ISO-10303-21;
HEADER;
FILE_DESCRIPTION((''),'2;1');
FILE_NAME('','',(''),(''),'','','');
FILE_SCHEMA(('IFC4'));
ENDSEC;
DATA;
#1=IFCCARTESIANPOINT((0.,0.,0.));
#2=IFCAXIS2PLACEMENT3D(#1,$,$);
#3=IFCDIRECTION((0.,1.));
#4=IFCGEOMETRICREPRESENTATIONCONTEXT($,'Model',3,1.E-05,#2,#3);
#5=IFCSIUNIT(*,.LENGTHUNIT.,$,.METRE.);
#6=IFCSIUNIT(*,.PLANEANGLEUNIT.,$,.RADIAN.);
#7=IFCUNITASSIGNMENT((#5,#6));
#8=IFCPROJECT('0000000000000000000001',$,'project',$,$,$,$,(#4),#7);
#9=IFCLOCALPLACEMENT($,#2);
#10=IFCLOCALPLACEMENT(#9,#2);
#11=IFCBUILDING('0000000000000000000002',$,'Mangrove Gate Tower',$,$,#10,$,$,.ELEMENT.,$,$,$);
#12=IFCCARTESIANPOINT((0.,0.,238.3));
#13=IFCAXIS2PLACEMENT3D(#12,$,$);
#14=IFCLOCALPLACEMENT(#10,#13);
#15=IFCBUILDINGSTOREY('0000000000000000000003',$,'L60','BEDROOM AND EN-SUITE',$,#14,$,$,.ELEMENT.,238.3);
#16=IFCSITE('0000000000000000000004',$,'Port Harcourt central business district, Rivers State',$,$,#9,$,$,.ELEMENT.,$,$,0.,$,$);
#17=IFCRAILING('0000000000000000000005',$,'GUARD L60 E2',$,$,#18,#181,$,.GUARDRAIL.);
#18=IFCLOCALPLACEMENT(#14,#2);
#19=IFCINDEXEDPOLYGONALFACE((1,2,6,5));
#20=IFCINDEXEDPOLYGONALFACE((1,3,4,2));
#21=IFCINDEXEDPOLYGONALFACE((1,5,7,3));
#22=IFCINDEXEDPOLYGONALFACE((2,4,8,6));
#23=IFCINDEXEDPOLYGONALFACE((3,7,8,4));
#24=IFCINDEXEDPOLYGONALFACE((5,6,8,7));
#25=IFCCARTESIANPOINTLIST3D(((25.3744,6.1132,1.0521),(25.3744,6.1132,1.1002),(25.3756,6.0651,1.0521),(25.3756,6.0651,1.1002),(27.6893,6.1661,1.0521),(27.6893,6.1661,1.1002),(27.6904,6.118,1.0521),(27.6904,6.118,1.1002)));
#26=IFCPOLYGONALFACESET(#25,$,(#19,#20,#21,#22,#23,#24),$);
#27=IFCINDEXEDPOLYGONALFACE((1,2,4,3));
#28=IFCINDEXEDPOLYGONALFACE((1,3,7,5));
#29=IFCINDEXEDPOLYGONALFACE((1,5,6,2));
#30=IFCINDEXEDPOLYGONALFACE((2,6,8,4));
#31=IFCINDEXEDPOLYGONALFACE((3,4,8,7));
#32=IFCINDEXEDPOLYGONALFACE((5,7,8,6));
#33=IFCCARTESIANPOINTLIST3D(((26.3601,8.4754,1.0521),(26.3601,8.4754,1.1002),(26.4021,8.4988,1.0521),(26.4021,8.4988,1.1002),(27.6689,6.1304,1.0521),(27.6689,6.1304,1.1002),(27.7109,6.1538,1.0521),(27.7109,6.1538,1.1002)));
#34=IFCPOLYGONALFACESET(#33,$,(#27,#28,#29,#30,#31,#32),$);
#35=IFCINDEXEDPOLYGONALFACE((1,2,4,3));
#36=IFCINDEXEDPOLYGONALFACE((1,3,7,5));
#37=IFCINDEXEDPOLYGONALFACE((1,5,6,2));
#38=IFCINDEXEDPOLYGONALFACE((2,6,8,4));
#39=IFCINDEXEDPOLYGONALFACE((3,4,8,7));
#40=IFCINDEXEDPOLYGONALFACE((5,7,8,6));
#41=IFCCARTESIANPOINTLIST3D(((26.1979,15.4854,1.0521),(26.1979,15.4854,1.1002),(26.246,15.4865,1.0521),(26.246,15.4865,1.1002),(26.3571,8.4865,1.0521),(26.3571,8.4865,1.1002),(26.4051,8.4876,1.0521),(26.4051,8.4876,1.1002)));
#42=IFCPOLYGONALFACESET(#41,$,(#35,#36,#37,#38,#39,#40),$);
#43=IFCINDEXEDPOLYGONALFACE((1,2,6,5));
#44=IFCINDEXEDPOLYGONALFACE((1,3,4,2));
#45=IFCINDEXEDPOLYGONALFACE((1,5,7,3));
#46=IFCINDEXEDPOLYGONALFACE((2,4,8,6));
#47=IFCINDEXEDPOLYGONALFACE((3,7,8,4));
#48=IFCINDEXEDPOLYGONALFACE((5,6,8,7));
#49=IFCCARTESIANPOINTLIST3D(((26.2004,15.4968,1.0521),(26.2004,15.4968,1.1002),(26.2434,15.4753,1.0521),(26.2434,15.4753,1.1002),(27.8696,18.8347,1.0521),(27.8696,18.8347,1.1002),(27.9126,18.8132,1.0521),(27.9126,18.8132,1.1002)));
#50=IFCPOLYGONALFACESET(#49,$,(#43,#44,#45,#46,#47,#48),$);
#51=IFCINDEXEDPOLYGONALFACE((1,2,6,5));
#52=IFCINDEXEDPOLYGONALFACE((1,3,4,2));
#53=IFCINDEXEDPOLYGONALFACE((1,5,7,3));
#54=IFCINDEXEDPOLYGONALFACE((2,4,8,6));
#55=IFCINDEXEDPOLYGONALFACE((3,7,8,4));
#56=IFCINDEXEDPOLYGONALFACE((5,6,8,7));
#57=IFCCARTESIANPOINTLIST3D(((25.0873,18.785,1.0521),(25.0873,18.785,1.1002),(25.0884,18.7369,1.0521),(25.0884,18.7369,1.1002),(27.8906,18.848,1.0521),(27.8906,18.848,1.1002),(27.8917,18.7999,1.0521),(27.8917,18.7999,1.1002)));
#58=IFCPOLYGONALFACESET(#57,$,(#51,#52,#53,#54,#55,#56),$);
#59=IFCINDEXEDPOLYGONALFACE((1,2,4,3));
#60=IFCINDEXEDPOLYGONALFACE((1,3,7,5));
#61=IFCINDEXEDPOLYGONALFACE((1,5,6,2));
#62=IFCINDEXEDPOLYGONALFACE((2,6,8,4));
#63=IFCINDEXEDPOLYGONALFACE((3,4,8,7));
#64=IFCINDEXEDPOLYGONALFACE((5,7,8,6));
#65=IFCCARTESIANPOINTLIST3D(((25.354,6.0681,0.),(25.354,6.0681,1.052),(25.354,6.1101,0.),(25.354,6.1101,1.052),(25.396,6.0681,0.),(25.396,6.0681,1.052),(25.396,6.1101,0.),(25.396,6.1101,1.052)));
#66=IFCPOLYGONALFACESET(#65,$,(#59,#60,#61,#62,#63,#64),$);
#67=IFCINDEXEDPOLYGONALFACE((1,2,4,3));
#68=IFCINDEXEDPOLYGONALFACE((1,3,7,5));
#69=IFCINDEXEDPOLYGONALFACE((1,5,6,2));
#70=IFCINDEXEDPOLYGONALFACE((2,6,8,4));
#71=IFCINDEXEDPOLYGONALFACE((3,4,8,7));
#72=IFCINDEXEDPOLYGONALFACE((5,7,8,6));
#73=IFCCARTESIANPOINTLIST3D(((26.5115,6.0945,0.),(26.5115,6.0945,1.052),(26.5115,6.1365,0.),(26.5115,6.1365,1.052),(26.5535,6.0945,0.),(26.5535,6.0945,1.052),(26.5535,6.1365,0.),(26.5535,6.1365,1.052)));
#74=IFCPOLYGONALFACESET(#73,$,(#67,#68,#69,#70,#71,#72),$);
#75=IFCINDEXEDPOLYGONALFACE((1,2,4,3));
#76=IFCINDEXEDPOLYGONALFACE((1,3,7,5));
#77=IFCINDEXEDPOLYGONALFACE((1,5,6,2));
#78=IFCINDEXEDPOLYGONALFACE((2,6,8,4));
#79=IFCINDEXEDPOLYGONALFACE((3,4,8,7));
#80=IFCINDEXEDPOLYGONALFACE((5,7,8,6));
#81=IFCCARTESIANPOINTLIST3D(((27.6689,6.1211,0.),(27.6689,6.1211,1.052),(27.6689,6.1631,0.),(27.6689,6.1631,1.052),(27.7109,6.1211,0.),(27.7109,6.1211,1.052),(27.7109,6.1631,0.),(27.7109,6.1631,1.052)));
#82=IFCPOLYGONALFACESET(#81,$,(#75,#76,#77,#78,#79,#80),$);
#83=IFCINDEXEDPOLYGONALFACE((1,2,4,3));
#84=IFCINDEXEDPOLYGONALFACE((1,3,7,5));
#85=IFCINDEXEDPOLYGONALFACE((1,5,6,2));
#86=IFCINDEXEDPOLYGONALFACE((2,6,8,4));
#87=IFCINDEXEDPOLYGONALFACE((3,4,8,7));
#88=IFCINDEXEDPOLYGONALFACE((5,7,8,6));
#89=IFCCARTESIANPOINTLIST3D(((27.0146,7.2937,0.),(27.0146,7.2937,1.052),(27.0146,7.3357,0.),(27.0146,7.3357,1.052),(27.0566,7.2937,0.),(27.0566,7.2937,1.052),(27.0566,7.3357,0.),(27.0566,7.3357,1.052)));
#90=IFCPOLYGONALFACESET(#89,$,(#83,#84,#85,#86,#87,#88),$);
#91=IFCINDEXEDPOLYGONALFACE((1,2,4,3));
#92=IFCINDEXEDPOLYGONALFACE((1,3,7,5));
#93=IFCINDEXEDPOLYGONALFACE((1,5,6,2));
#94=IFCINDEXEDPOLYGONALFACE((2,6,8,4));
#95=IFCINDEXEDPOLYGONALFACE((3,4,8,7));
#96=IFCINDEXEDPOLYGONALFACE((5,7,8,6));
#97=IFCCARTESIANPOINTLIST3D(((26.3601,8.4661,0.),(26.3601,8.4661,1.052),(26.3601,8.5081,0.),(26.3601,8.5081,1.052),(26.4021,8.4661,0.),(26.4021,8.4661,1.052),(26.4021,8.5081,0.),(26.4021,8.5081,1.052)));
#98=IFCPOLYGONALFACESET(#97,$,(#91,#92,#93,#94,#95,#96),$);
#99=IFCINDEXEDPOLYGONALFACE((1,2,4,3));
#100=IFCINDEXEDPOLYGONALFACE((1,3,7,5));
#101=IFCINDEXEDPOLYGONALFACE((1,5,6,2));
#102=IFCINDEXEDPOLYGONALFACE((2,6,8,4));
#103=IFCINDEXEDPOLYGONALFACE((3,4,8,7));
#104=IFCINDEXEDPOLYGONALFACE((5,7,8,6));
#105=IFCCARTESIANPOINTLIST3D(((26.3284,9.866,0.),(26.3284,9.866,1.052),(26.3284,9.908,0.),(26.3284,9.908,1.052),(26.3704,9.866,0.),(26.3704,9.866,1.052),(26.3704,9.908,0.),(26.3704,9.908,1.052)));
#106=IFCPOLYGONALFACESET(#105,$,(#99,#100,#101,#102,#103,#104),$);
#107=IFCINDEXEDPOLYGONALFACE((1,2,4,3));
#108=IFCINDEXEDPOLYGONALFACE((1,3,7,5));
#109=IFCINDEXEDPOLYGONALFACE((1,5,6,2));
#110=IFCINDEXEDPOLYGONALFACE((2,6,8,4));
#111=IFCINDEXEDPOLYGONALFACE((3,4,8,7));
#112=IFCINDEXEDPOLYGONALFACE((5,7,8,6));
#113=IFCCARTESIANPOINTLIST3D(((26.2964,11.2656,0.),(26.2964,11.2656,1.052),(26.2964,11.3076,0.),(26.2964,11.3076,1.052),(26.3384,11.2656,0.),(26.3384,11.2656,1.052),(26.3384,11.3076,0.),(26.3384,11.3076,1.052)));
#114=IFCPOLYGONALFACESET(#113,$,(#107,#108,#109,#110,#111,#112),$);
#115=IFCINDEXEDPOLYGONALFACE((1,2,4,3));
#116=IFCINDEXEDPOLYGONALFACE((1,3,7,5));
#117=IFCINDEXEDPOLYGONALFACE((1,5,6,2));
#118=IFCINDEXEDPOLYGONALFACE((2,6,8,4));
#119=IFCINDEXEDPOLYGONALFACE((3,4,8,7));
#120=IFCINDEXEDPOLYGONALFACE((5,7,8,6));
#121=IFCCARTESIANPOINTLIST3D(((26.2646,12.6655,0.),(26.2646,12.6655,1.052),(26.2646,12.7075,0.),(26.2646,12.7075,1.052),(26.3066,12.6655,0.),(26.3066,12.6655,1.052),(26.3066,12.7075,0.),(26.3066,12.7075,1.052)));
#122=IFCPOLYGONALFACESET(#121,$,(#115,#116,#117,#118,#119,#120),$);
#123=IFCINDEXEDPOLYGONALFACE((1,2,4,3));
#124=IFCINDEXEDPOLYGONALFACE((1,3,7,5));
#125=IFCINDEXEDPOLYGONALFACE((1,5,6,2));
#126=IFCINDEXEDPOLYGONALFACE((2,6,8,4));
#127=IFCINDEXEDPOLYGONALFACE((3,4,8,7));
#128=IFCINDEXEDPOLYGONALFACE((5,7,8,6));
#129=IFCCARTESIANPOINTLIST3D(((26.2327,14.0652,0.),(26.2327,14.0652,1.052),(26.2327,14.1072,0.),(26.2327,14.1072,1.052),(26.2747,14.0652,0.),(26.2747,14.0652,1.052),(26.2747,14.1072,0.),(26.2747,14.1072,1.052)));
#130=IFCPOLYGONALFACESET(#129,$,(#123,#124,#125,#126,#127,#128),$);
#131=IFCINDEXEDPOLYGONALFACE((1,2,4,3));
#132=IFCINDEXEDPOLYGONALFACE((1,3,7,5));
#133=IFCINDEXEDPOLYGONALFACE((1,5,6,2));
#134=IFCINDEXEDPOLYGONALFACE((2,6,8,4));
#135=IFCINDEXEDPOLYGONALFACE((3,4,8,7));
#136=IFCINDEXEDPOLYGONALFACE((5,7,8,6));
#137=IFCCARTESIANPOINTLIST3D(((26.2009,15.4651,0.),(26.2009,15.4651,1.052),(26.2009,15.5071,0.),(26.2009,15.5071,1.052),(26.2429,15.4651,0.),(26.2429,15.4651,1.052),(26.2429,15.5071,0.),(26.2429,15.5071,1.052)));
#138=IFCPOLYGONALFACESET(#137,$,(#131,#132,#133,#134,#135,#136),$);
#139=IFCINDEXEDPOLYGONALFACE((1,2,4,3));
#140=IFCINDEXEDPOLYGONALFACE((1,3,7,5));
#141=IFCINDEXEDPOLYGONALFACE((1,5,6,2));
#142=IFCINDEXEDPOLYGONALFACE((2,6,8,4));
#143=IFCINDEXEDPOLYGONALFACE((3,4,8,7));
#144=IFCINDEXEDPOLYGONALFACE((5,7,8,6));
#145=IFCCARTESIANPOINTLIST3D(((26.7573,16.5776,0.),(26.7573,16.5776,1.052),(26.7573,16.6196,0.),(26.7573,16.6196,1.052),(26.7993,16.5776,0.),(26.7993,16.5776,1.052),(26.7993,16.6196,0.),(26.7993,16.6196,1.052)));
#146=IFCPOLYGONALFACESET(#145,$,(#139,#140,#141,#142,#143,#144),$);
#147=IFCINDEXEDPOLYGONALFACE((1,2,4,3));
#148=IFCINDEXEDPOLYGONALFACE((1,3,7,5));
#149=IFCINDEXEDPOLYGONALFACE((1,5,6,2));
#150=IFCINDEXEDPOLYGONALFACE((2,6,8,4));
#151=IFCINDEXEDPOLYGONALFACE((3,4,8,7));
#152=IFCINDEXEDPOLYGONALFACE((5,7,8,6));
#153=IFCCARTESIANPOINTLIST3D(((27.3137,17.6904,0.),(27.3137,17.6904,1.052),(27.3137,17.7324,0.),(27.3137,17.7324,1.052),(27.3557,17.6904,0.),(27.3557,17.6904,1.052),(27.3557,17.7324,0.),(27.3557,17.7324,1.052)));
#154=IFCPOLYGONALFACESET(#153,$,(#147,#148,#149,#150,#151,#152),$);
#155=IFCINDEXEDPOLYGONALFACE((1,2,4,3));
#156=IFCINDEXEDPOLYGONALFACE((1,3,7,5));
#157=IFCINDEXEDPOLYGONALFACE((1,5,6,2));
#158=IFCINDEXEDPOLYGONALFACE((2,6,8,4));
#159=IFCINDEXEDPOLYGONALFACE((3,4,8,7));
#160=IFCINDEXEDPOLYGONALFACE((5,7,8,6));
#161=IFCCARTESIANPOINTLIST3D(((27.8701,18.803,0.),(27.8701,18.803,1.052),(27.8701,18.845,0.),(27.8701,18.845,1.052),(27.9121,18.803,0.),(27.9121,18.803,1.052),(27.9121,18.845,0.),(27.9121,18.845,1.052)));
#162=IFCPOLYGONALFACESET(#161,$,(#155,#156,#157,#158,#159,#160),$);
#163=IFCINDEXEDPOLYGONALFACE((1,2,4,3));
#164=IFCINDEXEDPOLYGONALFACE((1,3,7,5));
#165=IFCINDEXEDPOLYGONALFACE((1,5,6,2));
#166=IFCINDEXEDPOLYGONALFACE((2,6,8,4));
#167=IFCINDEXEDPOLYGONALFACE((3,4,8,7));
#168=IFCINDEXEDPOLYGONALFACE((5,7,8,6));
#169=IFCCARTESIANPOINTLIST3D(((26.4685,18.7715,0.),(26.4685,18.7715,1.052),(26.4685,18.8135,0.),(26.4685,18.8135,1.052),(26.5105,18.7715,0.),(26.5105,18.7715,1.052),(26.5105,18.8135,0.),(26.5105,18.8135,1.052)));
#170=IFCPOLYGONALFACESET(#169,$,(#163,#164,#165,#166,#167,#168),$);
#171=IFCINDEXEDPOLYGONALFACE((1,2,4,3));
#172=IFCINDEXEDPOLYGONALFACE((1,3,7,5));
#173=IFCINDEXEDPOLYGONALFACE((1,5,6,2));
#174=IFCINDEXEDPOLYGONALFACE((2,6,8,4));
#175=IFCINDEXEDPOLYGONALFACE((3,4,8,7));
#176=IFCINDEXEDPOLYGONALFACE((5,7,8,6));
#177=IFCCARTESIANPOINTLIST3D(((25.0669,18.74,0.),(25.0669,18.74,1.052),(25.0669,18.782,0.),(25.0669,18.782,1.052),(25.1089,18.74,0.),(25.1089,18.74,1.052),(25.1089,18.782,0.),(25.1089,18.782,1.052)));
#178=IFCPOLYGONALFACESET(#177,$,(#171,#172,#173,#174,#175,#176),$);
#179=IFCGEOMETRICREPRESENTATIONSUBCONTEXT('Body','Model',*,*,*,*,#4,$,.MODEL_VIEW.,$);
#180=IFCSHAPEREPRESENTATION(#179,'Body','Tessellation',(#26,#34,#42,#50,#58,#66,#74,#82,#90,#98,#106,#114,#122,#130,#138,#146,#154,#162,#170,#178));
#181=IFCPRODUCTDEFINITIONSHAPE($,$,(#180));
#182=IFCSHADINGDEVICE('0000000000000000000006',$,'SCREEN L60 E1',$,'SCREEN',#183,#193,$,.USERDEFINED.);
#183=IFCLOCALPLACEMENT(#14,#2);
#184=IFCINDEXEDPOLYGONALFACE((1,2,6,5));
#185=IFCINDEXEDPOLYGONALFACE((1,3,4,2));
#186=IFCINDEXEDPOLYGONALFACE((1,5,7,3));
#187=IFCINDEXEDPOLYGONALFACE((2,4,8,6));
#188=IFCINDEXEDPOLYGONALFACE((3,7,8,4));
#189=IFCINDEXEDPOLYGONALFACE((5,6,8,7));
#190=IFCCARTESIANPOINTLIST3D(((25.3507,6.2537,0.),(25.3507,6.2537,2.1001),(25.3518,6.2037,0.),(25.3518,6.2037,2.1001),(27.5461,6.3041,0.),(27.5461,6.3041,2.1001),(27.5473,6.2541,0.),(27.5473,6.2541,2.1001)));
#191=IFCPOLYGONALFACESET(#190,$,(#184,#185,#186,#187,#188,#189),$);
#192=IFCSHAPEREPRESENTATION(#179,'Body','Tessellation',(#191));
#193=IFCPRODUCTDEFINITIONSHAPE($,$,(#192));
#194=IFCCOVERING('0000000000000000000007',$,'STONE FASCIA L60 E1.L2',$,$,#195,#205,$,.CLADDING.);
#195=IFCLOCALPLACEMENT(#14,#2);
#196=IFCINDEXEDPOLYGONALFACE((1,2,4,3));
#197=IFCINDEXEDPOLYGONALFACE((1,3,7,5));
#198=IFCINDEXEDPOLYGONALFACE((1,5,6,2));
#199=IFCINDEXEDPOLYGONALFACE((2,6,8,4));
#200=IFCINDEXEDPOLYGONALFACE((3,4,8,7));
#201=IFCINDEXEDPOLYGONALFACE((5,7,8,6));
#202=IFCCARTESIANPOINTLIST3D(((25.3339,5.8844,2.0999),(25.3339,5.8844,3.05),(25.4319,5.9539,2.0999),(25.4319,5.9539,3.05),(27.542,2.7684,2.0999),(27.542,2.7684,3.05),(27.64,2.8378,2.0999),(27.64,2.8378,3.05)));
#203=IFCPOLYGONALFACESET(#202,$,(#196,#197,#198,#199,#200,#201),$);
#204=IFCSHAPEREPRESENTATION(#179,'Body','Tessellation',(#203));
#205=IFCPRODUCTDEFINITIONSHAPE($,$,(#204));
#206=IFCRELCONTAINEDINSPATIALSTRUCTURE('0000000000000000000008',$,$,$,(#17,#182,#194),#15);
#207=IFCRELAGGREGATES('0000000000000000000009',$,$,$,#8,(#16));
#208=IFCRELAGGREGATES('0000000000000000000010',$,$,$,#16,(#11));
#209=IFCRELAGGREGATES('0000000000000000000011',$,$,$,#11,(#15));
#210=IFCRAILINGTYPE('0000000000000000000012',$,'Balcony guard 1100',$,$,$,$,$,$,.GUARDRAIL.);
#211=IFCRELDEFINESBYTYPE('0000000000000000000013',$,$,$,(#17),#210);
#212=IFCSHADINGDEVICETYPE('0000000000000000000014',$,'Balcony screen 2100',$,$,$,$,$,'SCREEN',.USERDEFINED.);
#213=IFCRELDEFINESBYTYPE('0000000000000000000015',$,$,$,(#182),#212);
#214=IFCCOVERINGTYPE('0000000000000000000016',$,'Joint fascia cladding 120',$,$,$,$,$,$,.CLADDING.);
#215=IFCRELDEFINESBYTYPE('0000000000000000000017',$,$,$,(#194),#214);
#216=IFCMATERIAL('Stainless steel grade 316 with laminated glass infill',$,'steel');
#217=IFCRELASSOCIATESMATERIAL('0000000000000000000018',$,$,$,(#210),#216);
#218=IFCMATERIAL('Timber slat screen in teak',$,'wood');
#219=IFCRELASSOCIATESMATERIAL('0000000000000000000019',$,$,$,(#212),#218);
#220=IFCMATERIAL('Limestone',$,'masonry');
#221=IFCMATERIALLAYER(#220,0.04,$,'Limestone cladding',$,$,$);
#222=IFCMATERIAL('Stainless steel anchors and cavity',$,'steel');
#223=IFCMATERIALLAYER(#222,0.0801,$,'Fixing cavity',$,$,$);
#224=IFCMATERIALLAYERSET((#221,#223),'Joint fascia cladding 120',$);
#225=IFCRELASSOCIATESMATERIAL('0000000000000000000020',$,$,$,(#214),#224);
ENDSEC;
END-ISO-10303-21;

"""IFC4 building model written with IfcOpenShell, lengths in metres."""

from ifc_helpers import new_model, si_unit, direction, frame, frame_2d, origin, origin_2d, place, context, subcontext, project, spatial, rectangle, extrude, material, layer, layer_set, type_object, element, save


model = new_model("IFC4")

# Units and contexts
model_context = context("Model", 3, precision=1e-05, world=origin(), true_north=direction((0.0, 1.0)))
body_context = subcontext(model_context, "Body", "Model", "MODEL_VIEW")
ifc_project = project(units=[si_unit("LENGTHUNIT", "METRE"), si_unit("PLANEANGLEUNIT", "RADIAN")], contexts=[model_context])

# Site, building, storey
site_placement = place(None, origin())
site = spatial("IfcSite", under=ifc_project, at=site_placement, Name="Port Harcourt central business district, Rivers State", CompositionType="ELEMENT", RefElevation=0.0)
building_placement = place(site_placement, origin())
building = spatial("IfcBuilding", under=site, at=building_placement, Name="Mangrove Gate Tower", CompositionType="ELEMENT")
storey_placement = place(building_placement, frame((0.0, 0.0, 238.3)))
storey = spatial("IfcBuildingStorey", under=building, at=storey_placement, Name="L60", Description="BEDROOM AND EN-SUITE", CompositionType="ELEMENT", Elevation=238.3)

# Shared definitions
ifc_material_1 = material(Name="Limestone", Category="masonry")

# Railing
ifc_material_2 = material(Name="Stainless steel grade 316 with laminated glass infill", Category="steel")
railing_type = type_object("IfcRailingType", Name="Balcony guard 1100", PredefinedType="GUARDRAIL", material=ifc_material_2)
railing_placement = place(storey_placement, frame((25.375, 6.0891, 0.0)))
element("IfcRailing", 1, at=railing_placement, inside=storey, type_object=railing_type, Name="GUARD L60 E2", PredefinedType="GUARDRAIL", context=body_context, shape_type="SweptSolid", body=[
    extrude(rectangle(XDim=0.0481, YDim=0.0481, at=origin_2d()), frame((0.0, 0.0, 1.0762), z_axis=(0.999738, 0.022879, 0.0), x_axis=(-0.022879, 0.999738, 0.0)), (0.0, 0.0, 1.0), 2.3154),
    extrude(rectangle(XDim=0.0481, YDim=0.0481, at=origin_2d()), frame((2.3149, 0.053, 1.0762), z_axis=(-0.487371, 0.873195, 0.0), x_axis=(-0.873195, -0.487371, 0.0)), (0.0, 0.0, 1.0), 2.6855),
    extrude(rectangle(XDim=0.0481, YDim=0.0481, at=origin_2d()), frame((1.0061, 2.3979, 1.0762), z_axis=(-0.022737, 0.999741, 0.0), x_axis=(-0.999741, -0.022737, 0.0)), (0.0, 0.0, 1.0), 7.0007),
    extrude(rectangle(XDim=0.0481, YDim=0.0481, at=origin_2d()), frame((0.8469, 9.397, 1.0762), z_axis=(0.447266, 0.894401, 0.0), x_axis=(-0.894401, 0.447266, 0.0)), (0.0, 0.0, 1.0), 3.7319),
    extrude(rectangle(XDim=0.0481, YDim=0.0481, at=origin_2d()), frame((2.5161, 12.7349, 1.0762), z_axis=(-0.999748, -0.022464, 0.0), x_axis=(0.022464, -0.999748, 0.0)), (0.0, 0.0, 1.0), 2.804),
    extrude(rectangle(XDim=0.042, YDim=0.042, at=origin_2d()), origin(), (0.0, 0.0, 1.0), 1.052),
    extrude(rectangle(XDim=0.042, YDim=0.042, at=origin_2d()), frame((1.1575, 0.0264, 0.0)), (0.0, 0.0, 1.0), 1.052),
    extrude(rectangle(XDim=0.042, YDim=0.042, at=origin_2d()), frame((2.3149, 0.053, 0.0)), (0.0, 0.0, 1.0), 1.052),
    extrude(rectangle(XDim=0.042, YDim=0.042, at=origin_2d()), frame((1.6606, 1.2256, 0.0)), (0.0, 0.0, 1.0), 1.052),
    extrude(rectangle(XDim=0.042, YDim=0.042, at=origin_2d()), frame((1.0061, 2.3979, 0.0)), (0.0, 0.0, 1.0), 1.052),
    extrude(rectangle(XDim=0.042, YDim=0.042, at=origin_2d()), frame((0.9744, 3.7979, 0.0)), (0.0, 0.0, 1.0), 1.052),
    extrude(rectangle(XDim=0.042, YDim=0.042, at=origin_2d()), frame((0.9424, 5.1975, 0.0)), (0.0, 0.0, 1.0), 1.052),
    extrude(rectangle(XDim=0.042, YDim=0.042, at=origin_2d()), frame((0.9106, 6.5974, 0.0)), (0.0, 0.0, 1.0), 1.052),
    extrude(rectangle(XDim=0.042, YDim=0.042, at=origin_2d()), frame((0.8787, 7.9971, 0.0)), (0.0, 0.0, 1.0), 1.052),
    extrude(rectangle(XDim=0.042, YDim=0.042, at=origin_2d()), frame((0.8469, 9.397, 0.0)), (0.0, 0.0, 1.0), 1.052),
    extrude(rectangle(XDim=0.042, YDim=0.042, at=origin_2d()), frame((1.4033, 10.5095, 0.0)), (0.0, 0.0, 1.0), 1.052),
    extrude(rectangle(XDim=0.042, YDim=0.042, at=origin_2d()), frame((1.9597, 11.6223, 0.0)), (0.0, 0.0, 1.0), 1.052),
    extrude(rectangle(XDim=0.042, YDim=0.042, at=origin_2d()), frame((2.5161, 12.7349, 0.0)), (0.0, 0.0, 1.0), 1.052),
    extrude(rectangle(XDim=0.042, YDim=0.042, at=origin_2d()), frame((1.1145, 12.7034, 0.0)), (0.0, 0.0, 1.0), 1.052),
    extrude(rectangle(XDim=0.042, YDim=0.042, at=origin_2d()), frame((-0.2871, 12.6719, 0.0)), (0.0, 0.0, 1.0), 1.052),
])

# Shading device
ifc_material_3 = material(Name="Timber slat screen in teak", Category="wood")
shading_device_type = type_object("IfcShadingDeviceType", Name="Balcony screen 2100", ElementType="SCREEN", PredefinedType="USERDEFINED", material=ifc_material_3)
shading_device_placement = place(storey_placement, frame((26.449, 6.2539, 0.0), z_axis=(0.0, 0.0, 1.0), x_axis=(0.999736, 0.022967, 0.0)))
element("IfcShadingDevice", 2, at=shading_device_placement, inside=storey, type_object=shading_device_type, Name="SCREEN L60 E1", ObjectType="SCREEN", PredefinedType="USERDEFINED", context=body_context, shape_type="SweptSolid", body=[
    extrude(rectangle(XDim=2.196, YDim=0.05, at=origin_2d()), origin(), (0.0, 0.0, 1.0), 2.1001),
])

# Covering
ifc_layer_1 = layer(ifc_material_1, 0.04, Name="Limestone cladding")
ifc_material_4 = material(Name="Stainless steel anchors and cavity", Category="steel")
ifc_layer_2 = layer(ifc_material_4, 0.0801, Name="Fixing cavity")
ifc_layer_set_1 = layer_set([ifc_layer_1, ifc_layer_2], Name="Joint fascia cladding 120")
covering_type = type_object("IfcCoveringType", Name="Joint fascia cladding 120", PredefinedType="CLADDING", material=ifc_layer_set_1)
covering_placement = place(storey_placement, frame((27.5911, 2.803, 2.0999), z_axis=(0.0, 0.0, 1.0), x_axis=(-0.578168, 0.815918, 0.0)))
element("IfcCovering", 3, at=covering_placement, inside=storey, type_object=covering_type, Name="STONE FASCIA L60 E1.L2", PredefinedType="CLADDING", context=body_context, shape_type="SweptSolid", body=[
    extrude(rectangle(XDim=3.8191, YDim=0.1201, at=frame_2d((1.9097, 0.0))), origin(), (0.0, 0.0, 1.0), 0.9502),
])

save(model, "model.ifc")
